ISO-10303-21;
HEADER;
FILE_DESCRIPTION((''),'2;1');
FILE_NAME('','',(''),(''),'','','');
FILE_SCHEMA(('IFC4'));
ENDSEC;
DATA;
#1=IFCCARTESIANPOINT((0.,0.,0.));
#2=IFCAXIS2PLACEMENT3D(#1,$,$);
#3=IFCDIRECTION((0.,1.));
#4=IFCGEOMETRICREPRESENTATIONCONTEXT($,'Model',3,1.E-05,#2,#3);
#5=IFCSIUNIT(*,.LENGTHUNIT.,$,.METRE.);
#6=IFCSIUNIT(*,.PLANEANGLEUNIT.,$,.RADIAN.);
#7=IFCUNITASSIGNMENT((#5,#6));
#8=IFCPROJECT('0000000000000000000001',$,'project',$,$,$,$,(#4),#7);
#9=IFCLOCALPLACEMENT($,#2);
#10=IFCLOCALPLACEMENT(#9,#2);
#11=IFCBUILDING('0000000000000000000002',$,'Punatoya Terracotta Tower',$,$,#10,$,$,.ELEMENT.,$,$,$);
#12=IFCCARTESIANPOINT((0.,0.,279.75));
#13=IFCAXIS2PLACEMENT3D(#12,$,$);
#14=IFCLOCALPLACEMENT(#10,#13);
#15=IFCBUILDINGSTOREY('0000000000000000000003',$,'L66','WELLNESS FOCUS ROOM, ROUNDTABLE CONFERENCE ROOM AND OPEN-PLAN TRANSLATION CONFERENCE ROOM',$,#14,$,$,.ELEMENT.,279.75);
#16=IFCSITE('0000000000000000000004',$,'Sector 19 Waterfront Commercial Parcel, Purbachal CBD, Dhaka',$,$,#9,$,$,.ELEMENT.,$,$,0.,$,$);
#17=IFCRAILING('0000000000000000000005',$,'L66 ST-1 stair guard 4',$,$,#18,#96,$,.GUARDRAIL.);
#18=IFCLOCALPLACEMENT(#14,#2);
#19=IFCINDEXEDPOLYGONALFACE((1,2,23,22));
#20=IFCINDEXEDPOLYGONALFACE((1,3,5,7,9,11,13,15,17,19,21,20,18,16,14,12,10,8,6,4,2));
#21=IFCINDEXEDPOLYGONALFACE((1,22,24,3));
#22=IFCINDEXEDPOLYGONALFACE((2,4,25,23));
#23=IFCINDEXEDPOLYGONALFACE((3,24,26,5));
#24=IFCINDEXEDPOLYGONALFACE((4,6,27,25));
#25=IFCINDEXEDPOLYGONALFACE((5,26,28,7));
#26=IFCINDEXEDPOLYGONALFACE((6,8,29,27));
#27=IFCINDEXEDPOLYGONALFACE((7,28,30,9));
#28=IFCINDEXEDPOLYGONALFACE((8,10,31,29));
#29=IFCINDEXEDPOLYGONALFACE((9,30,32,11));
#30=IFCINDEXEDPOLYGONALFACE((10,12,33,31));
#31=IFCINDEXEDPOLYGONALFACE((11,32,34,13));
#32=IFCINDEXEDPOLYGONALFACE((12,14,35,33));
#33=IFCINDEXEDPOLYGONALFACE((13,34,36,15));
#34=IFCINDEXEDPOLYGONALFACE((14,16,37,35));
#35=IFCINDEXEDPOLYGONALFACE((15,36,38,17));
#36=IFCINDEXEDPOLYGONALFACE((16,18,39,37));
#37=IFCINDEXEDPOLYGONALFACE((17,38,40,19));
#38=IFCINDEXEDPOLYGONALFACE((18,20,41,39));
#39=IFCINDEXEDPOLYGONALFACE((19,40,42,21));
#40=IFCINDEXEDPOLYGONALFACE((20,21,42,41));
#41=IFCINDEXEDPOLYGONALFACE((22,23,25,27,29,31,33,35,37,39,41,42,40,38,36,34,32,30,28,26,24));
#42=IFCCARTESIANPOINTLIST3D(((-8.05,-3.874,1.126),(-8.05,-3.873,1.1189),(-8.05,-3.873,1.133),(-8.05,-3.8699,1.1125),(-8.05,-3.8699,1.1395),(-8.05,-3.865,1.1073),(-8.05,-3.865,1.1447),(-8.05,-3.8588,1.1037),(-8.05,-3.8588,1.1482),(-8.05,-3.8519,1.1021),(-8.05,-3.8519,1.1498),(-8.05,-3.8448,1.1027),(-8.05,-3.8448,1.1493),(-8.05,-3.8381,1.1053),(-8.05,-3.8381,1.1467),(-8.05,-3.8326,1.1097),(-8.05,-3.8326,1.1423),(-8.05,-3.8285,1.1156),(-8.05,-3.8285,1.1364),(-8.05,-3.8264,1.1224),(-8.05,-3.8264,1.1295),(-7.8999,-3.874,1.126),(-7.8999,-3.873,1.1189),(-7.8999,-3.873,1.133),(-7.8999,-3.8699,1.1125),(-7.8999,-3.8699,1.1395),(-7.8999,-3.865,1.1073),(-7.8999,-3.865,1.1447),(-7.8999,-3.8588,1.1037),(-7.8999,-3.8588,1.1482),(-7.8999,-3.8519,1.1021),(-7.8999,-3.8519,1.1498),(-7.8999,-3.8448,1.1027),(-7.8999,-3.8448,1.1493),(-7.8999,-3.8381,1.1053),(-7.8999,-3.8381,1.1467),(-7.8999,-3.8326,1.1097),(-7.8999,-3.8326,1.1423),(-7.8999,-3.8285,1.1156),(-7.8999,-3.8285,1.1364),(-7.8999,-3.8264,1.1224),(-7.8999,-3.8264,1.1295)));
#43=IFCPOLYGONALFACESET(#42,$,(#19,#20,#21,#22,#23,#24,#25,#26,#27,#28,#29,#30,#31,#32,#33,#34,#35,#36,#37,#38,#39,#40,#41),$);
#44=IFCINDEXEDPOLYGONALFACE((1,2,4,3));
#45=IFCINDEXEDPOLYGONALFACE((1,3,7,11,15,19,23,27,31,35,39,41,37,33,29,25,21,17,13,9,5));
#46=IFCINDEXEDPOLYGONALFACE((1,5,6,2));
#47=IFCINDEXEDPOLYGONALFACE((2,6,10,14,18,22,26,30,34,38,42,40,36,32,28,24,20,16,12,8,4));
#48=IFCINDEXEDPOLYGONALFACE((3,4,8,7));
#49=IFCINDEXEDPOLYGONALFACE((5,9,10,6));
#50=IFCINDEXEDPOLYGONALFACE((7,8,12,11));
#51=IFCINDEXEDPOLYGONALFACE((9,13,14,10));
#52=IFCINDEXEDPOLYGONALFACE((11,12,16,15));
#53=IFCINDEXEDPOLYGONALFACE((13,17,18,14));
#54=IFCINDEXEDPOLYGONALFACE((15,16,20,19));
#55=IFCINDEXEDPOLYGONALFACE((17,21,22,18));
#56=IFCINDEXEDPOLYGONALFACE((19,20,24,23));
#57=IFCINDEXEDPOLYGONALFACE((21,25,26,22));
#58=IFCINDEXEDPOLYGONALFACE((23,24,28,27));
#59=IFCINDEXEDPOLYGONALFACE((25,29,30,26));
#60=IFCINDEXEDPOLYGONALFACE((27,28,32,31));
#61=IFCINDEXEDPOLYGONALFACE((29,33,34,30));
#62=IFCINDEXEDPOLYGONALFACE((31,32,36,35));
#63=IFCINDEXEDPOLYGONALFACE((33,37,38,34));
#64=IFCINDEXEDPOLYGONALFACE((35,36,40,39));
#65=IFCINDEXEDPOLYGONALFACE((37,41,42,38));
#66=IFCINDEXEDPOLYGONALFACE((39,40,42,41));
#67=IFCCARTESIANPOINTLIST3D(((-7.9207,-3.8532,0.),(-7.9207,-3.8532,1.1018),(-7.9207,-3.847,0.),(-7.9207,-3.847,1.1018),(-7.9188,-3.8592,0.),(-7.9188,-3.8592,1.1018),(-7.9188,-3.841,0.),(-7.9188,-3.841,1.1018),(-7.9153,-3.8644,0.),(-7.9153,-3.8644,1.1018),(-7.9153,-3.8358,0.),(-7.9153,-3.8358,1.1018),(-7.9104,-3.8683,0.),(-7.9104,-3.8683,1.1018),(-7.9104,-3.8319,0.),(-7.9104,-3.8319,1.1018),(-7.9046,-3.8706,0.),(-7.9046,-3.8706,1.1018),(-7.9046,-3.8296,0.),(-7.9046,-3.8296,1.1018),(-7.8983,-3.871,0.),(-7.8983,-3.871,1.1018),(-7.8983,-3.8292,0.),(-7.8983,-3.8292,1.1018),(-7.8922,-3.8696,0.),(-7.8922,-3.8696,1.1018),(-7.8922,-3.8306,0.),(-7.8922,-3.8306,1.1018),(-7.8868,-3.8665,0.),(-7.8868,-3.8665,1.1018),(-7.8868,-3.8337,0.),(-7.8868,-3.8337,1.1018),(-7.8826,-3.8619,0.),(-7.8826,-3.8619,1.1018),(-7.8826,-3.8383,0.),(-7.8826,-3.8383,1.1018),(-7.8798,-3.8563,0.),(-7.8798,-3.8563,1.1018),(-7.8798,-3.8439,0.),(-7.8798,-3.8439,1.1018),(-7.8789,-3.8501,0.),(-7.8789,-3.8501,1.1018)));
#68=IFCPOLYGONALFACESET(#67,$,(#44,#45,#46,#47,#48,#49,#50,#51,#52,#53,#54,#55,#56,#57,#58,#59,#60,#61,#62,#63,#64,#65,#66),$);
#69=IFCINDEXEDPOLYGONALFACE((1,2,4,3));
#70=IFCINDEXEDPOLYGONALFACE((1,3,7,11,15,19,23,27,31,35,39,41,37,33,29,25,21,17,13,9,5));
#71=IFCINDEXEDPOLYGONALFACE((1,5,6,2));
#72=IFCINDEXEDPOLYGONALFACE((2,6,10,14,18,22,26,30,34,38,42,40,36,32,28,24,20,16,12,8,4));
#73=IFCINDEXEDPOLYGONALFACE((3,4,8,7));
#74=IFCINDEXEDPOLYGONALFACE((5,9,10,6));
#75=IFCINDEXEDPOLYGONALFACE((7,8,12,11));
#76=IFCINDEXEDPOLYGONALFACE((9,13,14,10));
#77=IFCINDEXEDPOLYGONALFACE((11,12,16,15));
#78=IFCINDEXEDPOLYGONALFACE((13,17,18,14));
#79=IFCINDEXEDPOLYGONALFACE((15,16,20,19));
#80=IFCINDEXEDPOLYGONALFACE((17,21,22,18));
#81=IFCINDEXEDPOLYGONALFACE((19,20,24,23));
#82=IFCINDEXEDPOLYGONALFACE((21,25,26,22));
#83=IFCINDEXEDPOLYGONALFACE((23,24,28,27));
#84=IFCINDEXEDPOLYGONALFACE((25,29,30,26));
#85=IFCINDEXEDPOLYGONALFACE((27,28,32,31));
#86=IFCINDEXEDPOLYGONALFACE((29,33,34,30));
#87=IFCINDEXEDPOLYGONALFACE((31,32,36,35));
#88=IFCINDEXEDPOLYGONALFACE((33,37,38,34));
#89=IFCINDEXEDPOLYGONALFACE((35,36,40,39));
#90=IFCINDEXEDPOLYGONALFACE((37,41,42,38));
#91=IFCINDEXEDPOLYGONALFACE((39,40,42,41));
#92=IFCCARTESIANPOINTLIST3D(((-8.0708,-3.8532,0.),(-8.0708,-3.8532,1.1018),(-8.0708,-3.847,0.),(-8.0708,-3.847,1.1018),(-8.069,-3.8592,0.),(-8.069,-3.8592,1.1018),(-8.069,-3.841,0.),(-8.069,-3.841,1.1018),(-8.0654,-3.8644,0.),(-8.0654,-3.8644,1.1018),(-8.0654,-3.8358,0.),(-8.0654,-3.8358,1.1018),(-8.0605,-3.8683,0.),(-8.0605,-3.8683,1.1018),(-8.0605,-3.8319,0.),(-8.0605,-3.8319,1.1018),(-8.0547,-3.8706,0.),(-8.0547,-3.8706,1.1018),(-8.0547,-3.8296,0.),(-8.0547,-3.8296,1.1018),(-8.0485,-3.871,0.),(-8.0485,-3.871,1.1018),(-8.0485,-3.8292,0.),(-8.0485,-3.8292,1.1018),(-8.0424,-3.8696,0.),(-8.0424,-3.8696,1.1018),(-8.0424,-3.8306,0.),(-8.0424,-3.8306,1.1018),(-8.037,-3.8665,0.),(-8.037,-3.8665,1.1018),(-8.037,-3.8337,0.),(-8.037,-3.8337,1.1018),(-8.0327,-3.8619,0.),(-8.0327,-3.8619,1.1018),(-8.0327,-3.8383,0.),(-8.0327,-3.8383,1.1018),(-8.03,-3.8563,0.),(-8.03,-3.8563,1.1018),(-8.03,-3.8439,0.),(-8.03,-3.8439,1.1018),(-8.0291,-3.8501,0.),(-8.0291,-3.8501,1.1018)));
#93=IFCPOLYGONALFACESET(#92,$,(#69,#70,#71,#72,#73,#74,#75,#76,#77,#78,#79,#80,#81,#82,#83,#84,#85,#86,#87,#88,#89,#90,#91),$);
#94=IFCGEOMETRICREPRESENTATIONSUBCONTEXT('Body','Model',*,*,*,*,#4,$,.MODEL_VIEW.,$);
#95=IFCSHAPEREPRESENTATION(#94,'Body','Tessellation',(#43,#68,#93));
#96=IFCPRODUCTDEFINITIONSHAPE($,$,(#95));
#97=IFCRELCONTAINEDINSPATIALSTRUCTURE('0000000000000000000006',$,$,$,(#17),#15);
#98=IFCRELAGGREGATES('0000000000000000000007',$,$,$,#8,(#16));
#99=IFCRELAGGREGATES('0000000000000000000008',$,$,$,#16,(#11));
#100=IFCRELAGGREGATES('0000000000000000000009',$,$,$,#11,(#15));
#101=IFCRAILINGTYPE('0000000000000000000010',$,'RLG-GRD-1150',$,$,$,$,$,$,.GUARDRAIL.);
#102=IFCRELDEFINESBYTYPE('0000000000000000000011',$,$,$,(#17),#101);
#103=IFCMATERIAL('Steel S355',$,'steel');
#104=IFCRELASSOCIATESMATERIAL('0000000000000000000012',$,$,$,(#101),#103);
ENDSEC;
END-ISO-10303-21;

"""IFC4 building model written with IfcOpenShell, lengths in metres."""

from ifc_helpers import new_model, si_unit, direction, frame, origin, origin_2d, place, context, subcontext, project, spatial, circle, extrude, material, type_object, element, save


model = new_model("IFC4")

# Units and contexts
model_context = context("Model", 3, precision=1e-05, world=origin(), true_north=direction((0.0, 1.0)))
body_context = subcontext(model_context, "Body", "Model", "MODEL_VIEW")
ifc_project = project(units=[si_unit("LENGTHUNIT", "METRE"), si_unit("PLANEANGLEUNIT", "RADIAN")], contexts=[model_context])

# Site, building, storey
site_placement = place(None, origin())
site = spatial("IfcSite", under=ifc_project, at=site_placement, Name="Sector 19 Waterfront Commercial Parcel, Purbachal CBD, Dhaka", CompositionType="ELEMENT", RefElevation=0.0)
building_placement = place(site_placement, origin())
building = spatial("IfcBuilding", under=site, at=building_placement, Name="Punatoya Terracotta Tower", CompositionType="ELEMENT")
storey_placement = place(building_placement, frame((0.0, 0.0, 279.75)))
storey = spatial("IfcBuildingStorey", under=building, at=storey_placement, Name="L66", Description="WELLNESS FOCUS ROOM, ROUNDTABLE CONFERENCE ROOM AND OPEN-PLAN TRANSLATION CONFERENCE ROOM", CompositionType="ELEMENT", Elevation=279.75)

# Railing
ifc_material_1 = material(Name="Steel S355", Category="steel")
railing_type_1 = type_object("IfcRailingType", Name="RLG-GRD-1150", PredefinedType="GUARDRAIL", material=ifc_material_1)
railing_1_placement = place(storey_placement, frame((-7.8999, -3.8501, 0.0)))
element("IfcRailing", 1, at=railing_1_placement, inside=storey, type_object=railing_type_1, Name="L66 ST-1 stair guard 4", PredefinedType="GUARDRAIL", context=body_context, shape_type="SweptSolid", body=[
    extrude(circle(Radius=0.0239, at=origin_2d()), frame((0.0, 0.0, 1.126), z_axis=(-1.0, 0.0, 0.0), x_axis=(0.0, -1.0, 0.0)), (0.0, 0.0, 1.0), 0.1501),
    extrude(circle(Radius=0.021, at=origin_2d()), origin(), (0.0, 0.0, 1.0), 1.1018),
    extrude(circle(Radius=0.021, at=origin_2d()), frame((-0.1501, 0.0, 0.0)), (0.0, 0.0, 1.0), 1.1018),
])

save(model, "model.ifc")
